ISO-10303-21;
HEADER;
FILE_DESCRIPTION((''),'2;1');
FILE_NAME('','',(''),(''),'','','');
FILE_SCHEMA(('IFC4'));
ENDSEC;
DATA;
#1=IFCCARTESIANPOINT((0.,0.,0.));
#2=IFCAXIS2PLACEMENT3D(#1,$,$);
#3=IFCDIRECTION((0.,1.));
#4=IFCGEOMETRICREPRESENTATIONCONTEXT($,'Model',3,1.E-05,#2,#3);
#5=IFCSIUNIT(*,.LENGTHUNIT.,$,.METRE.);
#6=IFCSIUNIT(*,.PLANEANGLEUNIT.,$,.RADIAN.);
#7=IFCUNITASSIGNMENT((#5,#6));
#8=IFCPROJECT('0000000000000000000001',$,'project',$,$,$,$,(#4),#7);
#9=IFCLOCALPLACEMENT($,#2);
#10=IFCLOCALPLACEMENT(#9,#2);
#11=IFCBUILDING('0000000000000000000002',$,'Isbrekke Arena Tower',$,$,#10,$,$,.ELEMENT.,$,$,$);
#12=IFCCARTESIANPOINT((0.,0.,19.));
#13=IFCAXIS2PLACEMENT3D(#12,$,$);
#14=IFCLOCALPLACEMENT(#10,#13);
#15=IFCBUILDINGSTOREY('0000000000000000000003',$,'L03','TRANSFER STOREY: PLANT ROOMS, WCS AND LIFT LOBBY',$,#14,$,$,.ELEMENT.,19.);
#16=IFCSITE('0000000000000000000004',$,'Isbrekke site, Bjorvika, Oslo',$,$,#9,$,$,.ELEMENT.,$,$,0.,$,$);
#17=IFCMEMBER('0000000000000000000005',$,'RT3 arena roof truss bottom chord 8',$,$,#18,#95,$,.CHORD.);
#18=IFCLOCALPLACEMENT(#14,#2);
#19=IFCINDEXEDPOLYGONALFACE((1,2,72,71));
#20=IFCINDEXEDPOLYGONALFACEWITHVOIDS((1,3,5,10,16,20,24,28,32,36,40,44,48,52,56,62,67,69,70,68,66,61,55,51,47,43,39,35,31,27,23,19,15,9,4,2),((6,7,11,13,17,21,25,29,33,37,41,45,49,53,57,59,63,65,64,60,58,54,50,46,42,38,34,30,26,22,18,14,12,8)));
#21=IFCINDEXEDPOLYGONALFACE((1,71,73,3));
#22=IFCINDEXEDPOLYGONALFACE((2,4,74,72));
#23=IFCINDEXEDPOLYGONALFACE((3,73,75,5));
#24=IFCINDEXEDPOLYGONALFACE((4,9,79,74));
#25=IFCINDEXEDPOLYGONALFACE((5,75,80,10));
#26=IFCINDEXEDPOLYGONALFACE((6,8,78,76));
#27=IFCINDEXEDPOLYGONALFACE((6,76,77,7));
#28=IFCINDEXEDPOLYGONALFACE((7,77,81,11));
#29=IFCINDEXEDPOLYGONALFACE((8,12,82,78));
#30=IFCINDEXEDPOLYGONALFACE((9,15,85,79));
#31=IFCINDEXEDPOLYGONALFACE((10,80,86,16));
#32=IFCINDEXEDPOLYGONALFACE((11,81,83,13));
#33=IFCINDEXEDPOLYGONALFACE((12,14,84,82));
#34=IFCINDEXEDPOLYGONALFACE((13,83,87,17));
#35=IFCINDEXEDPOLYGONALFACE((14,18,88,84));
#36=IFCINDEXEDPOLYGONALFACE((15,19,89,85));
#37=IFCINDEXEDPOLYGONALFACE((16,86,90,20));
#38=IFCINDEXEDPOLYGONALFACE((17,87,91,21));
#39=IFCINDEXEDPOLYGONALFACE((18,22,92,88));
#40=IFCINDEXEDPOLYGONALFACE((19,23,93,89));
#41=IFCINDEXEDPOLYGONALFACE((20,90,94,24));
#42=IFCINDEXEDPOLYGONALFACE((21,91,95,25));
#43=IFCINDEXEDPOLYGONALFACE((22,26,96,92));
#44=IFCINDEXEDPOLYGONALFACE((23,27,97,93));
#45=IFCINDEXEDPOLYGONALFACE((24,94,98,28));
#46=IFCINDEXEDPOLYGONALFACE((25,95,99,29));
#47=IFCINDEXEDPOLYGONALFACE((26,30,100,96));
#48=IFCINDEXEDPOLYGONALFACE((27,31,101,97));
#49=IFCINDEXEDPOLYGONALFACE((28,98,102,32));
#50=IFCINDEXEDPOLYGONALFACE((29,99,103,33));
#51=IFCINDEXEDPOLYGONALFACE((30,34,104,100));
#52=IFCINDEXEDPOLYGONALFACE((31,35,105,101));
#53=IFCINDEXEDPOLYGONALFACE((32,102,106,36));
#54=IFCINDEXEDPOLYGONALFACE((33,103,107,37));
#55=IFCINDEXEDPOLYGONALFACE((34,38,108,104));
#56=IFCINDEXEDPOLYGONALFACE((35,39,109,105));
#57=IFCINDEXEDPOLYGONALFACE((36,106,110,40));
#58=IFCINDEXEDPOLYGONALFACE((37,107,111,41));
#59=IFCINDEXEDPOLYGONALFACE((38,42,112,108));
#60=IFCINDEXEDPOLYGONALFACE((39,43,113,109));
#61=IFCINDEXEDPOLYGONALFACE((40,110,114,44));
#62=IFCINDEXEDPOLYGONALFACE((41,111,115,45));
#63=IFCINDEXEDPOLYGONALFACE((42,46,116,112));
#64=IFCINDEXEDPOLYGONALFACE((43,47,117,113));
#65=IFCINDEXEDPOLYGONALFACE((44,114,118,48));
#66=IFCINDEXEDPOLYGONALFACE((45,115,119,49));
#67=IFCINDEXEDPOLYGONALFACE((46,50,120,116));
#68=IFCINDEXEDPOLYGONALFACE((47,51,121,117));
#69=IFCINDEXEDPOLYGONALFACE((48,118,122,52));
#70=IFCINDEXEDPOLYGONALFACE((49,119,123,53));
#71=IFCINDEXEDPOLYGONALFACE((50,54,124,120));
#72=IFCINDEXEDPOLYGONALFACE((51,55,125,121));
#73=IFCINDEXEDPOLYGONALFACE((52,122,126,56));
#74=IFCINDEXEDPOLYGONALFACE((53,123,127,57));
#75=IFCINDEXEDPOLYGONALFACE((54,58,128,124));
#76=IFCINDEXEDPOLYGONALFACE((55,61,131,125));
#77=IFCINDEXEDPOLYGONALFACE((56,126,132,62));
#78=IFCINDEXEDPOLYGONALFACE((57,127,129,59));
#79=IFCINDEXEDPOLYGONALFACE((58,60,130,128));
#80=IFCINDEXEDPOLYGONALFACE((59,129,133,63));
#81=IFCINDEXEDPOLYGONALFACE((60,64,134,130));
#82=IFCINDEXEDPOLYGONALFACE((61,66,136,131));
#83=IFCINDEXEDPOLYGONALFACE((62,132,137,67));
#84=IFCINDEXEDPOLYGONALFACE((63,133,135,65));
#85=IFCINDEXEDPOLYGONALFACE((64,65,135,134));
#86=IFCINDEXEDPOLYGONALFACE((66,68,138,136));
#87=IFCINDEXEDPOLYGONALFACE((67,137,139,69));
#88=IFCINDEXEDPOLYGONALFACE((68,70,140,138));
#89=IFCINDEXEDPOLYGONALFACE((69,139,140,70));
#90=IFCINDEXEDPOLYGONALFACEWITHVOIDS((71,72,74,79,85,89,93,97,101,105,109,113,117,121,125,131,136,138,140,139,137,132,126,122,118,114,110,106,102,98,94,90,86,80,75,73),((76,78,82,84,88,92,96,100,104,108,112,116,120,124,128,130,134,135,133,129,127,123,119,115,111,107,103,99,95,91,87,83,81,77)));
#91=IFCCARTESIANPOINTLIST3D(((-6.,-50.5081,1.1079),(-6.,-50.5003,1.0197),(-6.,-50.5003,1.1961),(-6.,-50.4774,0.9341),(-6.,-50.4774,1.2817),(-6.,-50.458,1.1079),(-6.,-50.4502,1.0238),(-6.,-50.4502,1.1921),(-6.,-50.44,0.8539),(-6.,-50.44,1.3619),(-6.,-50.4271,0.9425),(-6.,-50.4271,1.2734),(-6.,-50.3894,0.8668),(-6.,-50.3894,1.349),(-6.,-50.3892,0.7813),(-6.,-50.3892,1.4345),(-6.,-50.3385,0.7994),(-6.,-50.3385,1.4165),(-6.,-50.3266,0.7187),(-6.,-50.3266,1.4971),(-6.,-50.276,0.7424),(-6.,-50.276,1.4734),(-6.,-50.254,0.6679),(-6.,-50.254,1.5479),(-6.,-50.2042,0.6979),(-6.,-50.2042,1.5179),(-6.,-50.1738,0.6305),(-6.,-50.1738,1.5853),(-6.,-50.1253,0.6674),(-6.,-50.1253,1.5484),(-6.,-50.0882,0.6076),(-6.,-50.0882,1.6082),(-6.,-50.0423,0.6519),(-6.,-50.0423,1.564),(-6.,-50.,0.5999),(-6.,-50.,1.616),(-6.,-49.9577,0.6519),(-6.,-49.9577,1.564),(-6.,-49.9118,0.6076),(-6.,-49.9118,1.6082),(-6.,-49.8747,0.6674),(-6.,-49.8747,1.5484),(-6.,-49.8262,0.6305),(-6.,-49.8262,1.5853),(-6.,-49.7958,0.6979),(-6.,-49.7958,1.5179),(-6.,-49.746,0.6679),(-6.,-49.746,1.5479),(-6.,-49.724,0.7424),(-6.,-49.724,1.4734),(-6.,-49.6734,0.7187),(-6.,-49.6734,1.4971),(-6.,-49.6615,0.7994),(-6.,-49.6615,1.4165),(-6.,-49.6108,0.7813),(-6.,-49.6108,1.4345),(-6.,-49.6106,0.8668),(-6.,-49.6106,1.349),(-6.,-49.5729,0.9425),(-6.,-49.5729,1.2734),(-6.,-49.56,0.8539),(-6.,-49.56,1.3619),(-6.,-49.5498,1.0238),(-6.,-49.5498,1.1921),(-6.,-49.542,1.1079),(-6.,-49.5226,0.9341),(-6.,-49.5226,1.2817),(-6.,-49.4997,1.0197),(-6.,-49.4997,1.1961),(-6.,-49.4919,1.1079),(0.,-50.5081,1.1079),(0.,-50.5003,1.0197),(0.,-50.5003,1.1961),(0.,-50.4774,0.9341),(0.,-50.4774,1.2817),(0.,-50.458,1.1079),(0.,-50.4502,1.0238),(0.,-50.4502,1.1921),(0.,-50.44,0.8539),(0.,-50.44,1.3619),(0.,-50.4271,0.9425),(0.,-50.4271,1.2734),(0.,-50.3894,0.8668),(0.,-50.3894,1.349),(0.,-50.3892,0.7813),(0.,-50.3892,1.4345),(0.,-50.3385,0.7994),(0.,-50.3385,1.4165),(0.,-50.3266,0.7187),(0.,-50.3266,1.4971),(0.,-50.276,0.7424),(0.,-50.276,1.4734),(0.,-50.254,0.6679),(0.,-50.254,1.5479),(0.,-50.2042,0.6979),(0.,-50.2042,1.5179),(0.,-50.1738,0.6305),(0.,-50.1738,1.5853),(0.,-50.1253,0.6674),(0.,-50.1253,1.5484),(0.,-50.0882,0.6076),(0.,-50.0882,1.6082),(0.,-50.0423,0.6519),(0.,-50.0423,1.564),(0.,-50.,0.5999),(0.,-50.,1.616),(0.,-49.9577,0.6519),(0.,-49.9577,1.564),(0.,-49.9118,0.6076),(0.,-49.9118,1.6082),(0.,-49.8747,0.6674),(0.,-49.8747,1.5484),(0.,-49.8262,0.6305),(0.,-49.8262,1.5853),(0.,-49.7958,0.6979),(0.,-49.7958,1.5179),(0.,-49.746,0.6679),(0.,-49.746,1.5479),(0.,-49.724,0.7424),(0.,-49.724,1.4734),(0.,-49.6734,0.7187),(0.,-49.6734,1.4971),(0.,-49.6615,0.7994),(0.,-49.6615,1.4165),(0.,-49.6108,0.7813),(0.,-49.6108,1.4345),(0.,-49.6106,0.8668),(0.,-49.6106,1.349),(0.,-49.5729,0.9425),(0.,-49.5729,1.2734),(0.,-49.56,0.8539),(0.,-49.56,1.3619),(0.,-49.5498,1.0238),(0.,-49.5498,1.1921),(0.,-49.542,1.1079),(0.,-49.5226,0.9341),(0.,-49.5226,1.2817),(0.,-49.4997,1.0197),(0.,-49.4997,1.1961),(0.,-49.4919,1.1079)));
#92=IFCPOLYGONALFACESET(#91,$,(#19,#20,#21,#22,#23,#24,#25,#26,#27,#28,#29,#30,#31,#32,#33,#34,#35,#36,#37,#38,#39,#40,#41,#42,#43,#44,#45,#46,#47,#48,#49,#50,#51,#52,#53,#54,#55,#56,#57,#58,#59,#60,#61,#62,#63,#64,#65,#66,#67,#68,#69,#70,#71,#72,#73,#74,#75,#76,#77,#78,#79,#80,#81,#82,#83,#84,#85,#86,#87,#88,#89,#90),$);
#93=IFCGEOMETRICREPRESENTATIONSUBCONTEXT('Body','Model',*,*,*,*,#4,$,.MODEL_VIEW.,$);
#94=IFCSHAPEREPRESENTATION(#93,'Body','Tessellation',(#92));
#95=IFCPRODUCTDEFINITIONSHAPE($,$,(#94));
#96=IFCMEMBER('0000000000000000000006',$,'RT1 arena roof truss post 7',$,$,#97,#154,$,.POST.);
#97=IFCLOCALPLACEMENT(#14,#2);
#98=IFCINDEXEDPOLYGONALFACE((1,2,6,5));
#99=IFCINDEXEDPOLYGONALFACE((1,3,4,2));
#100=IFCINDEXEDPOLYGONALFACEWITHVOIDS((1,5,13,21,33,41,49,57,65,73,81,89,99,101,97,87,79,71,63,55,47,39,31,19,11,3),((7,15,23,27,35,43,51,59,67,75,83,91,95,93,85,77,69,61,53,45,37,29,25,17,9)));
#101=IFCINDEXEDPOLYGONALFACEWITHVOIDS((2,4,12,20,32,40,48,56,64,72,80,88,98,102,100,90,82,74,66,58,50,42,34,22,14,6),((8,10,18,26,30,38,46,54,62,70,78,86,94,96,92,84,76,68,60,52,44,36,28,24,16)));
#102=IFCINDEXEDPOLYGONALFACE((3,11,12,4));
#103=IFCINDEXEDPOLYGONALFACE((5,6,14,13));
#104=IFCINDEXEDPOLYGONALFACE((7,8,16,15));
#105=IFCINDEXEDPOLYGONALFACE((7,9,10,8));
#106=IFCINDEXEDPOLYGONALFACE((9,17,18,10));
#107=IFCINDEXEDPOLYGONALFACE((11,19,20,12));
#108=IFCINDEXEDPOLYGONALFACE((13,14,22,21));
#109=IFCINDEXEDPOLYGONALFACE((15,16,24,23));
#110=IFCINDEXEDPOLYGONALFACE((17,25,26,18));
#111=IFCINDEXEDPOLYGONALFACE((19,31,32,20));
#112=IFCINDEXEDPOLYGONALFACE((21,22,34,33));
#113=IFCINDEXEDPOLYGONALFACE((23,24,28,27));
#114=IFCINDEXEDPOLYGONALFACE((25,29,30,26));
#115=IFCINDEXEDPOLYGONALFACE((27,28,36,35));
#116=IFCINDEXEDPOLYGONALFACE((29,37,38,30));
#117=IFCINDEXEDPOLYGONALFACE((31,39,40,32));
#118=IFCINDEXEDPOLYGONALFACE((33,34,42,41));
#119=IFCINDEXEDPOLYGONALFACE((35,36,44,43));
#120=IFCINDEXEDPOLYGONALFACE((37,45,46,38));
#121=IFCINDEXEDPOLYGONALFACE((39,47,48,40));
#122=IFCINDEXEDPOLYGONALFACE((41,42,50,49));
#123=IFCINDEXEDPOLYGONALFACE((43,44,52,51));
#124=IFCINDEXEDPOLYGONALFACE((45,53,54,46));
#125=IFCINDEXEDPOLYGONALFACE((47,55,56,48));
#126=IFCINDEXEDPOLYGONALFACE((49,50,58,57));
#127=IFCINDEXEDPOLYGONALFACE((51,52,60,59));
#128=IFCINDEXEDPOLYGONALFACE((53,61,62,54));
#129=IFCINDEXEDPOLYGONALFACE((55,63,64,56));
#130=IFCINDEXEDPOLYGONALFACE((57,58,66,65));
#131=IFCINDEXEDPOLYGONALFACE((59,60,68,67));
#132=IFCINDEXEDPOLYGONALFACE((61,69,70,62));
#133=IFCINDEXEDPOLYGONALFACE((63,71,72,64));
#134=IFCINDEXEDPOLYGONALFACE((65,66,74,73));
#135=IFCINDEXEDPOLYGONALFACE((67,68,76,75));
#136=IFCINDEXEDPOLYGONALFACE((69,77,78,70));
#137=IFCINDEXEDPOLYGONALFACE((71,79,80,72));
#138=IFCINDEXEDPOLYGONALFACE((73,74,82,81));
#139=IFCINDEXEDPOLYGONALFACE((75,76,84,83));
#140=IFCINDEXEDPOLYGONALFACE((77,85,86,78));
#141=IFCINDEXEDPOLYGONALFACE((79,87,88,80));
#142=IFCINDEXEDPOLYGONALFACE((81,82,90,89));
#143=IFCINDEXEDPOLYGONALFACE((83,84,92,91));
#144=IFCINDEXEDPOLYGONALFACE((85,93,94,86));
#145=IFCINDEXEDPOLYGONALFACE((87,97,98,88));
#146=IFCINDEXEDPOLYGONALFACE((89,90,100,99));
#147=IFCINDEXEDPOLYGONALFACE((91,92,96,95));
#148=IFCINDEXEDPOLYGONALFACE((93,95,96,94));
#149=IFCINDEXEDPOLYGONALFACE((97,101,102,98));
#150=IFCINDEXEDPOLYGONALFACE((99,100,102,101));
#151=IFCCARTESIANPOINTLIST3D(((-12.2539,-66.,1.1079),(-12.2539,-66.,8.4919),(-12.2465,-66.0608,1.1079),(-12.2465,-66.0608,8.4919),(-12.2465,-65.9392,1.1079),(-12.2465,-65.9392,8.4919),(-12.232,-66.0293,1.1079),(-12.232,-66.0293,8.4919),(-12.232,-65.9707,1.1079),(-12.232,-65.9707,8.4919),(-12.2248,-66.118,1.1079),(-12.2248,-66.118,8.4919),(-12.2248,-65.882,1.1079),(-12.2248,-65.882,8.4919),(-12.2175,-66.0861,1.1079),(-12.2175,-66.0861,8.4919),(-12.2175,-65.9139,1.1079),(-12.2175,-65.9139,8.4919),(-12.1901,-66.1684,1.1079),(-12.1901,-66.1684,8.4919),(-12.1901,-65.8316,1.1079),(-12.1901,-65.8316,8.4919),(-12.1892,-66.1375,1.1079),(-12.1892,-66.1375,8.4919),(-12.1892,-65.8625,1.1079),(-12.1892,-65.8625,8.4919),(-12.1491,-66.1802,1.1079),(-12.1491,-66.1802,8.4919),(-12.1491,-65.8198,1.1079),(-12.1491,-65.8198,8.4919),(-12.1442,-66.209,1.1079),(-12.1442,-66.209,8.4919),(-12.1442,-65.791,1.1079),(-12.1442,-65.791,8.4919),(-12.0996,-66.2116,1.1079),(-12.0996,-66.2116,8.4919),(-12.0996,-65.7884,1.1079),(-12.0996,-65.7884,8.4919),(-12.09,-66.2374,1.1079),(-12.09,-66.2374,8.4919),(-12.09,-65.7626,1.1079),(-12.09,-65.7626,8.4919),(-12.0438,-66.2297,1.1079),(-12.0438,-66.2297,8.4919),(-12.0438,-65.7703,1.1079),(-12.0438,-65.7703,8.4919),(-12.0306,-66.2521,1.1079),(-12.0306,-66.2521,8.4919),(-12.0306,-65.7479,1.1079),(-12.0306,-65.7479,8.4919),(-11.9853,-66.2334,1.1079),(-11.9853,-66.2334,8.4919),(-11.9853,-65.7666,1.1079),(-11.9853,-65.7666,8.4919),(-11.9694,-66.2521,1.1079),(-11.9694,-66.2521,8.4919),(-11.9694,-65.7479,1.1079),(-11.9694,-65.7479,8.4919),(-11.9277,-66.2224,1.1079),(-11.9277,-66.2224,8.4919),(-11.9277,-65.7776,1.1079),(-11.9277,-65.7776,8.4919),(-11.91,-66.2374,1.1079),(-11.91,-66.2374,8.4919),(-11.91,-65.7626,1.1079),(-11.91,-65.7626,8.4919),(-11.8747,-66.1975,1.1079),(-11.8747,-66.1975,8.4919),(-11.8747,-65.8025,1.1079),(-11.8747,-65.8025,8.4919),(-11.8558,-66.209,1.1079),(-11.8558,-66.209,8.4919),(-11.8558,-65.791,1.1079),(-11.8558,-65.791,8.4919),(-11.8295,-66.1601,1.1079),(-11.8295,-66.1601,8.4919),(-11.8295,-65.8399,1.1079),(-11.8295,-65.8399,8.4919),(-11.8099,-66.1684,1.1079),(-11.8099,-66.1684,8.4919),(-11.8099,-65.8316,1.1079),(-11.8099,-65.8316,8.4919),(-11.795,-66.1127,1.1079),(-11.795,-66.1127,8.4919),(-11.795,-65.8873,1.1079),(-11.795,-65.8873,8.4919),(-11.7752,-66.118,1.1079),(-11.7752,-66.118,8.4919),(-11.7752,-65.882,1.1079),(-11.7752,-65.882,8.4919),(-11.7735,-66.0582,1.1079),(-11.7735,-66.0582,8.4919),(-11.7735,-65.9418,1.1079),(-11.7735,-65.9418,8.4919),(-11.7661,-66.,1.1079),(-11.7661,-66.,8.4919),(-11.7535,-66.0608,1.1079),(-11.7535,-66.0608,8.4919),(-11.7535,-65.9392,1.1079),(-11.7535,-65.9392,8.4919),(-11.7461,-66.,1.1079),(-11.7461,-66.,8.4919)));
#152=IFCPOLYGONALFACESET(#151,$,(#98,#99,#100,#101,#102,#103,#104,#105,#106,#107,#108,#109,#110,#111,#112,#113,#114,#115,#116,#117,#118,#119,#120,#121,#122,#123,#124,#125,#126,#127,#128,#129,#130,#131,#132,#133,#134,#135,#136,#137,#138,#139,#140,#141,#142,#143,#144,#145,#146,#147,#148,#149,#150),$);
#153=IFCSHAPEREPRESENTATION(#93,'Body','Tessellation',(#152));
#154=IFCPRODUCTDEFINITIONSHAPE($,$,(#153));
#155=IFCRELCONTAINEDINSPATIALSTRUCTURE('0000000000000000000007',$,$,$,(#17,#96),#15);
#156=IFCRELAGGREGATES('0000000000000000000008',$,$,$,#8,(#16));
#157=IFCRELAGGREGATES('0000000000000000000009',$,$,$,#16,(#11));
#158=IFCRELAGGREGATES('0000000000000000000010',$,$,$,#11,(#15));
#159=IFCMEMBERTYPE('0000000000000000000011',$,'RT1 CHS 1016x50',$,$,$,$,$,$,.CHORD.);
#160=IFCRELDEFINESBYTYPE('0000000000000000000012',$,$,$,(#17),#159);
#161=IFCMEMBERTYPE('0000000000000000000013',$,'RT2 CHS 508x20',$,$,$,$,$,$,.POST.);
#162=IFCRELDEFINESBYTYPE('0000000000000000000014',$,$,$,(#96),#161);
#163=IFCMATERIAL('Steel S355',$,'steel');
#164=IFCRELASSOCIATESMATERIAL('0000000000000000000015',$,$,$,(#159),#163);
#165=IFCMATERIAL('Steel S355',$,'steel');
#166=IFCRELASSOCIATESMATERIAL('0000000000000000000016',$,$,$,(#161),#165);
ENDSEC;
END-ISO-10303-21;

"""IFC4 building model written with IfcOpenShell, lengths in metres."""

from ifc_helpers import new_model, si_unit, direction, frame, origin, origin_2d, place, context, subcontext, project, spatial, hollow_circle, extrude, material, material_profile, profile_set, type_object, element, save


model = new_model("IFC4")

# Units and contexts
model_context = context("Model", 3, precision=1e-05, world=origin(), true_north=direction((0.0, 1.0)))
body_context = subcontext(model_context, "Body", "Model", "MODEL_VIEW")
ifc_project = project(units=[si_unit("LENGTHUNIT", "METRE"), si_unit("PLANEANGLEUNIT", "RADIAN")], contexts=[model_context])

# Site, building, storey
site_placement = place(None, origin())
site = spatial("IfcSite", under=ifc_project, at=site_placement, Name="Isbrekke site, Bjorvika, Oslo", CompositionType="ELEMENT", RefElevation=0.0)
building_placement = place(site_placement, origin())
building = spatial("IfcBuilding", under=site, at=building_placement, Name="Isbrekke Arena Tower", CompositionType="ELEMENT")
storey_placement = place(building_placement, frame((0.0, 0.0, 19.0)))
storey = spatial("IfcBuildingStorey", under=building, at=storey_placement, Name="L03", Description="TRANSFER STOREY: PLANT ROOMS, WCS AND LIFT LOBBY", CompositionType="ELEMENT", Elevation=19.0)

# Members
ifc_material_1 = material(Name="Steel S355", Category="steel")
ifc_material_profile_1 = material_profile(ifc_material_1, hollow_circle(Radius=0.5081, WallThickness=0.05, at=origin_2d()), Name="CHS 1016x50")
ifc_profile_set_1 = profile_set([ifc_material_profile_1], Name="Steel S355")
member_type_1 = type_object("IfcMemberType", Name="RT1 CHS 1016x50", PredefinedType="CHORD", material=ifc_profile_set_1)
for number, where, z_axis, x_axis, name in (
    (1, (-6.0, -50.0, 1.1079), (1.0, 0.0, 0.0), (0.0, 1.0, 0.0), "RT3 arena roof truss bottom chord 8"),
):
    element("IfcMember", number, at=place(storey_placement, frame(where, z_axis=z_axis, x_axis=x_axis)), inside=storey, type_object=member_type_1, Name=name, PredefinedType="CHORD", context=body_context, shape_type="SweptSolid", body=[
        extrude(hollow_circle(Radius=0.5081, WallThickness=0.05, at=origin_2d()), origin(), (0.0, 0.0, 1.0), 6.0),
    ])
ifc_material_2 = material(Name="Steel S355", Category="steel")
ifc_material_profile_2 = material_profile(ifc_material_2, hollow_circle(Radius=0.2539, WallThickness=0.02, at=origin_2d()), Name="CHS 508x20")
ifc_profile_set_2 = profile_set([ifc_material_profile_2], Name="Steel S355")
member_type_2 = type_object("IfcMemberType", Name="RT2 CHS 508x20", PredefinedType="POST", material=ifc_profile_set_2)
for number, where, z_axis, x_axis, name in (
    (2, (-12.0, -66.0, 1.1079), (0.0, 0.0, 1.0), (1.0, 0.0, 0.0), "RT1 arena roof truss post 7"),
):
    element("IfcMember", number, at=place(storey_placement, frame(where, z_axis=z_axis, x_axis=x_axis)), inside=storey, type_object=member_type_2, Name=name, PredefinedType="POST", context=body_context, shape_type="SweptSolid", body=[
        extrude(hollow_circle(Radius=0.2539, WallThickness=0.02, at=origin_2d()), origin(), (0.0, 0.0, 1.0), 7.384),
    ])

save(model, "model.ifc")
